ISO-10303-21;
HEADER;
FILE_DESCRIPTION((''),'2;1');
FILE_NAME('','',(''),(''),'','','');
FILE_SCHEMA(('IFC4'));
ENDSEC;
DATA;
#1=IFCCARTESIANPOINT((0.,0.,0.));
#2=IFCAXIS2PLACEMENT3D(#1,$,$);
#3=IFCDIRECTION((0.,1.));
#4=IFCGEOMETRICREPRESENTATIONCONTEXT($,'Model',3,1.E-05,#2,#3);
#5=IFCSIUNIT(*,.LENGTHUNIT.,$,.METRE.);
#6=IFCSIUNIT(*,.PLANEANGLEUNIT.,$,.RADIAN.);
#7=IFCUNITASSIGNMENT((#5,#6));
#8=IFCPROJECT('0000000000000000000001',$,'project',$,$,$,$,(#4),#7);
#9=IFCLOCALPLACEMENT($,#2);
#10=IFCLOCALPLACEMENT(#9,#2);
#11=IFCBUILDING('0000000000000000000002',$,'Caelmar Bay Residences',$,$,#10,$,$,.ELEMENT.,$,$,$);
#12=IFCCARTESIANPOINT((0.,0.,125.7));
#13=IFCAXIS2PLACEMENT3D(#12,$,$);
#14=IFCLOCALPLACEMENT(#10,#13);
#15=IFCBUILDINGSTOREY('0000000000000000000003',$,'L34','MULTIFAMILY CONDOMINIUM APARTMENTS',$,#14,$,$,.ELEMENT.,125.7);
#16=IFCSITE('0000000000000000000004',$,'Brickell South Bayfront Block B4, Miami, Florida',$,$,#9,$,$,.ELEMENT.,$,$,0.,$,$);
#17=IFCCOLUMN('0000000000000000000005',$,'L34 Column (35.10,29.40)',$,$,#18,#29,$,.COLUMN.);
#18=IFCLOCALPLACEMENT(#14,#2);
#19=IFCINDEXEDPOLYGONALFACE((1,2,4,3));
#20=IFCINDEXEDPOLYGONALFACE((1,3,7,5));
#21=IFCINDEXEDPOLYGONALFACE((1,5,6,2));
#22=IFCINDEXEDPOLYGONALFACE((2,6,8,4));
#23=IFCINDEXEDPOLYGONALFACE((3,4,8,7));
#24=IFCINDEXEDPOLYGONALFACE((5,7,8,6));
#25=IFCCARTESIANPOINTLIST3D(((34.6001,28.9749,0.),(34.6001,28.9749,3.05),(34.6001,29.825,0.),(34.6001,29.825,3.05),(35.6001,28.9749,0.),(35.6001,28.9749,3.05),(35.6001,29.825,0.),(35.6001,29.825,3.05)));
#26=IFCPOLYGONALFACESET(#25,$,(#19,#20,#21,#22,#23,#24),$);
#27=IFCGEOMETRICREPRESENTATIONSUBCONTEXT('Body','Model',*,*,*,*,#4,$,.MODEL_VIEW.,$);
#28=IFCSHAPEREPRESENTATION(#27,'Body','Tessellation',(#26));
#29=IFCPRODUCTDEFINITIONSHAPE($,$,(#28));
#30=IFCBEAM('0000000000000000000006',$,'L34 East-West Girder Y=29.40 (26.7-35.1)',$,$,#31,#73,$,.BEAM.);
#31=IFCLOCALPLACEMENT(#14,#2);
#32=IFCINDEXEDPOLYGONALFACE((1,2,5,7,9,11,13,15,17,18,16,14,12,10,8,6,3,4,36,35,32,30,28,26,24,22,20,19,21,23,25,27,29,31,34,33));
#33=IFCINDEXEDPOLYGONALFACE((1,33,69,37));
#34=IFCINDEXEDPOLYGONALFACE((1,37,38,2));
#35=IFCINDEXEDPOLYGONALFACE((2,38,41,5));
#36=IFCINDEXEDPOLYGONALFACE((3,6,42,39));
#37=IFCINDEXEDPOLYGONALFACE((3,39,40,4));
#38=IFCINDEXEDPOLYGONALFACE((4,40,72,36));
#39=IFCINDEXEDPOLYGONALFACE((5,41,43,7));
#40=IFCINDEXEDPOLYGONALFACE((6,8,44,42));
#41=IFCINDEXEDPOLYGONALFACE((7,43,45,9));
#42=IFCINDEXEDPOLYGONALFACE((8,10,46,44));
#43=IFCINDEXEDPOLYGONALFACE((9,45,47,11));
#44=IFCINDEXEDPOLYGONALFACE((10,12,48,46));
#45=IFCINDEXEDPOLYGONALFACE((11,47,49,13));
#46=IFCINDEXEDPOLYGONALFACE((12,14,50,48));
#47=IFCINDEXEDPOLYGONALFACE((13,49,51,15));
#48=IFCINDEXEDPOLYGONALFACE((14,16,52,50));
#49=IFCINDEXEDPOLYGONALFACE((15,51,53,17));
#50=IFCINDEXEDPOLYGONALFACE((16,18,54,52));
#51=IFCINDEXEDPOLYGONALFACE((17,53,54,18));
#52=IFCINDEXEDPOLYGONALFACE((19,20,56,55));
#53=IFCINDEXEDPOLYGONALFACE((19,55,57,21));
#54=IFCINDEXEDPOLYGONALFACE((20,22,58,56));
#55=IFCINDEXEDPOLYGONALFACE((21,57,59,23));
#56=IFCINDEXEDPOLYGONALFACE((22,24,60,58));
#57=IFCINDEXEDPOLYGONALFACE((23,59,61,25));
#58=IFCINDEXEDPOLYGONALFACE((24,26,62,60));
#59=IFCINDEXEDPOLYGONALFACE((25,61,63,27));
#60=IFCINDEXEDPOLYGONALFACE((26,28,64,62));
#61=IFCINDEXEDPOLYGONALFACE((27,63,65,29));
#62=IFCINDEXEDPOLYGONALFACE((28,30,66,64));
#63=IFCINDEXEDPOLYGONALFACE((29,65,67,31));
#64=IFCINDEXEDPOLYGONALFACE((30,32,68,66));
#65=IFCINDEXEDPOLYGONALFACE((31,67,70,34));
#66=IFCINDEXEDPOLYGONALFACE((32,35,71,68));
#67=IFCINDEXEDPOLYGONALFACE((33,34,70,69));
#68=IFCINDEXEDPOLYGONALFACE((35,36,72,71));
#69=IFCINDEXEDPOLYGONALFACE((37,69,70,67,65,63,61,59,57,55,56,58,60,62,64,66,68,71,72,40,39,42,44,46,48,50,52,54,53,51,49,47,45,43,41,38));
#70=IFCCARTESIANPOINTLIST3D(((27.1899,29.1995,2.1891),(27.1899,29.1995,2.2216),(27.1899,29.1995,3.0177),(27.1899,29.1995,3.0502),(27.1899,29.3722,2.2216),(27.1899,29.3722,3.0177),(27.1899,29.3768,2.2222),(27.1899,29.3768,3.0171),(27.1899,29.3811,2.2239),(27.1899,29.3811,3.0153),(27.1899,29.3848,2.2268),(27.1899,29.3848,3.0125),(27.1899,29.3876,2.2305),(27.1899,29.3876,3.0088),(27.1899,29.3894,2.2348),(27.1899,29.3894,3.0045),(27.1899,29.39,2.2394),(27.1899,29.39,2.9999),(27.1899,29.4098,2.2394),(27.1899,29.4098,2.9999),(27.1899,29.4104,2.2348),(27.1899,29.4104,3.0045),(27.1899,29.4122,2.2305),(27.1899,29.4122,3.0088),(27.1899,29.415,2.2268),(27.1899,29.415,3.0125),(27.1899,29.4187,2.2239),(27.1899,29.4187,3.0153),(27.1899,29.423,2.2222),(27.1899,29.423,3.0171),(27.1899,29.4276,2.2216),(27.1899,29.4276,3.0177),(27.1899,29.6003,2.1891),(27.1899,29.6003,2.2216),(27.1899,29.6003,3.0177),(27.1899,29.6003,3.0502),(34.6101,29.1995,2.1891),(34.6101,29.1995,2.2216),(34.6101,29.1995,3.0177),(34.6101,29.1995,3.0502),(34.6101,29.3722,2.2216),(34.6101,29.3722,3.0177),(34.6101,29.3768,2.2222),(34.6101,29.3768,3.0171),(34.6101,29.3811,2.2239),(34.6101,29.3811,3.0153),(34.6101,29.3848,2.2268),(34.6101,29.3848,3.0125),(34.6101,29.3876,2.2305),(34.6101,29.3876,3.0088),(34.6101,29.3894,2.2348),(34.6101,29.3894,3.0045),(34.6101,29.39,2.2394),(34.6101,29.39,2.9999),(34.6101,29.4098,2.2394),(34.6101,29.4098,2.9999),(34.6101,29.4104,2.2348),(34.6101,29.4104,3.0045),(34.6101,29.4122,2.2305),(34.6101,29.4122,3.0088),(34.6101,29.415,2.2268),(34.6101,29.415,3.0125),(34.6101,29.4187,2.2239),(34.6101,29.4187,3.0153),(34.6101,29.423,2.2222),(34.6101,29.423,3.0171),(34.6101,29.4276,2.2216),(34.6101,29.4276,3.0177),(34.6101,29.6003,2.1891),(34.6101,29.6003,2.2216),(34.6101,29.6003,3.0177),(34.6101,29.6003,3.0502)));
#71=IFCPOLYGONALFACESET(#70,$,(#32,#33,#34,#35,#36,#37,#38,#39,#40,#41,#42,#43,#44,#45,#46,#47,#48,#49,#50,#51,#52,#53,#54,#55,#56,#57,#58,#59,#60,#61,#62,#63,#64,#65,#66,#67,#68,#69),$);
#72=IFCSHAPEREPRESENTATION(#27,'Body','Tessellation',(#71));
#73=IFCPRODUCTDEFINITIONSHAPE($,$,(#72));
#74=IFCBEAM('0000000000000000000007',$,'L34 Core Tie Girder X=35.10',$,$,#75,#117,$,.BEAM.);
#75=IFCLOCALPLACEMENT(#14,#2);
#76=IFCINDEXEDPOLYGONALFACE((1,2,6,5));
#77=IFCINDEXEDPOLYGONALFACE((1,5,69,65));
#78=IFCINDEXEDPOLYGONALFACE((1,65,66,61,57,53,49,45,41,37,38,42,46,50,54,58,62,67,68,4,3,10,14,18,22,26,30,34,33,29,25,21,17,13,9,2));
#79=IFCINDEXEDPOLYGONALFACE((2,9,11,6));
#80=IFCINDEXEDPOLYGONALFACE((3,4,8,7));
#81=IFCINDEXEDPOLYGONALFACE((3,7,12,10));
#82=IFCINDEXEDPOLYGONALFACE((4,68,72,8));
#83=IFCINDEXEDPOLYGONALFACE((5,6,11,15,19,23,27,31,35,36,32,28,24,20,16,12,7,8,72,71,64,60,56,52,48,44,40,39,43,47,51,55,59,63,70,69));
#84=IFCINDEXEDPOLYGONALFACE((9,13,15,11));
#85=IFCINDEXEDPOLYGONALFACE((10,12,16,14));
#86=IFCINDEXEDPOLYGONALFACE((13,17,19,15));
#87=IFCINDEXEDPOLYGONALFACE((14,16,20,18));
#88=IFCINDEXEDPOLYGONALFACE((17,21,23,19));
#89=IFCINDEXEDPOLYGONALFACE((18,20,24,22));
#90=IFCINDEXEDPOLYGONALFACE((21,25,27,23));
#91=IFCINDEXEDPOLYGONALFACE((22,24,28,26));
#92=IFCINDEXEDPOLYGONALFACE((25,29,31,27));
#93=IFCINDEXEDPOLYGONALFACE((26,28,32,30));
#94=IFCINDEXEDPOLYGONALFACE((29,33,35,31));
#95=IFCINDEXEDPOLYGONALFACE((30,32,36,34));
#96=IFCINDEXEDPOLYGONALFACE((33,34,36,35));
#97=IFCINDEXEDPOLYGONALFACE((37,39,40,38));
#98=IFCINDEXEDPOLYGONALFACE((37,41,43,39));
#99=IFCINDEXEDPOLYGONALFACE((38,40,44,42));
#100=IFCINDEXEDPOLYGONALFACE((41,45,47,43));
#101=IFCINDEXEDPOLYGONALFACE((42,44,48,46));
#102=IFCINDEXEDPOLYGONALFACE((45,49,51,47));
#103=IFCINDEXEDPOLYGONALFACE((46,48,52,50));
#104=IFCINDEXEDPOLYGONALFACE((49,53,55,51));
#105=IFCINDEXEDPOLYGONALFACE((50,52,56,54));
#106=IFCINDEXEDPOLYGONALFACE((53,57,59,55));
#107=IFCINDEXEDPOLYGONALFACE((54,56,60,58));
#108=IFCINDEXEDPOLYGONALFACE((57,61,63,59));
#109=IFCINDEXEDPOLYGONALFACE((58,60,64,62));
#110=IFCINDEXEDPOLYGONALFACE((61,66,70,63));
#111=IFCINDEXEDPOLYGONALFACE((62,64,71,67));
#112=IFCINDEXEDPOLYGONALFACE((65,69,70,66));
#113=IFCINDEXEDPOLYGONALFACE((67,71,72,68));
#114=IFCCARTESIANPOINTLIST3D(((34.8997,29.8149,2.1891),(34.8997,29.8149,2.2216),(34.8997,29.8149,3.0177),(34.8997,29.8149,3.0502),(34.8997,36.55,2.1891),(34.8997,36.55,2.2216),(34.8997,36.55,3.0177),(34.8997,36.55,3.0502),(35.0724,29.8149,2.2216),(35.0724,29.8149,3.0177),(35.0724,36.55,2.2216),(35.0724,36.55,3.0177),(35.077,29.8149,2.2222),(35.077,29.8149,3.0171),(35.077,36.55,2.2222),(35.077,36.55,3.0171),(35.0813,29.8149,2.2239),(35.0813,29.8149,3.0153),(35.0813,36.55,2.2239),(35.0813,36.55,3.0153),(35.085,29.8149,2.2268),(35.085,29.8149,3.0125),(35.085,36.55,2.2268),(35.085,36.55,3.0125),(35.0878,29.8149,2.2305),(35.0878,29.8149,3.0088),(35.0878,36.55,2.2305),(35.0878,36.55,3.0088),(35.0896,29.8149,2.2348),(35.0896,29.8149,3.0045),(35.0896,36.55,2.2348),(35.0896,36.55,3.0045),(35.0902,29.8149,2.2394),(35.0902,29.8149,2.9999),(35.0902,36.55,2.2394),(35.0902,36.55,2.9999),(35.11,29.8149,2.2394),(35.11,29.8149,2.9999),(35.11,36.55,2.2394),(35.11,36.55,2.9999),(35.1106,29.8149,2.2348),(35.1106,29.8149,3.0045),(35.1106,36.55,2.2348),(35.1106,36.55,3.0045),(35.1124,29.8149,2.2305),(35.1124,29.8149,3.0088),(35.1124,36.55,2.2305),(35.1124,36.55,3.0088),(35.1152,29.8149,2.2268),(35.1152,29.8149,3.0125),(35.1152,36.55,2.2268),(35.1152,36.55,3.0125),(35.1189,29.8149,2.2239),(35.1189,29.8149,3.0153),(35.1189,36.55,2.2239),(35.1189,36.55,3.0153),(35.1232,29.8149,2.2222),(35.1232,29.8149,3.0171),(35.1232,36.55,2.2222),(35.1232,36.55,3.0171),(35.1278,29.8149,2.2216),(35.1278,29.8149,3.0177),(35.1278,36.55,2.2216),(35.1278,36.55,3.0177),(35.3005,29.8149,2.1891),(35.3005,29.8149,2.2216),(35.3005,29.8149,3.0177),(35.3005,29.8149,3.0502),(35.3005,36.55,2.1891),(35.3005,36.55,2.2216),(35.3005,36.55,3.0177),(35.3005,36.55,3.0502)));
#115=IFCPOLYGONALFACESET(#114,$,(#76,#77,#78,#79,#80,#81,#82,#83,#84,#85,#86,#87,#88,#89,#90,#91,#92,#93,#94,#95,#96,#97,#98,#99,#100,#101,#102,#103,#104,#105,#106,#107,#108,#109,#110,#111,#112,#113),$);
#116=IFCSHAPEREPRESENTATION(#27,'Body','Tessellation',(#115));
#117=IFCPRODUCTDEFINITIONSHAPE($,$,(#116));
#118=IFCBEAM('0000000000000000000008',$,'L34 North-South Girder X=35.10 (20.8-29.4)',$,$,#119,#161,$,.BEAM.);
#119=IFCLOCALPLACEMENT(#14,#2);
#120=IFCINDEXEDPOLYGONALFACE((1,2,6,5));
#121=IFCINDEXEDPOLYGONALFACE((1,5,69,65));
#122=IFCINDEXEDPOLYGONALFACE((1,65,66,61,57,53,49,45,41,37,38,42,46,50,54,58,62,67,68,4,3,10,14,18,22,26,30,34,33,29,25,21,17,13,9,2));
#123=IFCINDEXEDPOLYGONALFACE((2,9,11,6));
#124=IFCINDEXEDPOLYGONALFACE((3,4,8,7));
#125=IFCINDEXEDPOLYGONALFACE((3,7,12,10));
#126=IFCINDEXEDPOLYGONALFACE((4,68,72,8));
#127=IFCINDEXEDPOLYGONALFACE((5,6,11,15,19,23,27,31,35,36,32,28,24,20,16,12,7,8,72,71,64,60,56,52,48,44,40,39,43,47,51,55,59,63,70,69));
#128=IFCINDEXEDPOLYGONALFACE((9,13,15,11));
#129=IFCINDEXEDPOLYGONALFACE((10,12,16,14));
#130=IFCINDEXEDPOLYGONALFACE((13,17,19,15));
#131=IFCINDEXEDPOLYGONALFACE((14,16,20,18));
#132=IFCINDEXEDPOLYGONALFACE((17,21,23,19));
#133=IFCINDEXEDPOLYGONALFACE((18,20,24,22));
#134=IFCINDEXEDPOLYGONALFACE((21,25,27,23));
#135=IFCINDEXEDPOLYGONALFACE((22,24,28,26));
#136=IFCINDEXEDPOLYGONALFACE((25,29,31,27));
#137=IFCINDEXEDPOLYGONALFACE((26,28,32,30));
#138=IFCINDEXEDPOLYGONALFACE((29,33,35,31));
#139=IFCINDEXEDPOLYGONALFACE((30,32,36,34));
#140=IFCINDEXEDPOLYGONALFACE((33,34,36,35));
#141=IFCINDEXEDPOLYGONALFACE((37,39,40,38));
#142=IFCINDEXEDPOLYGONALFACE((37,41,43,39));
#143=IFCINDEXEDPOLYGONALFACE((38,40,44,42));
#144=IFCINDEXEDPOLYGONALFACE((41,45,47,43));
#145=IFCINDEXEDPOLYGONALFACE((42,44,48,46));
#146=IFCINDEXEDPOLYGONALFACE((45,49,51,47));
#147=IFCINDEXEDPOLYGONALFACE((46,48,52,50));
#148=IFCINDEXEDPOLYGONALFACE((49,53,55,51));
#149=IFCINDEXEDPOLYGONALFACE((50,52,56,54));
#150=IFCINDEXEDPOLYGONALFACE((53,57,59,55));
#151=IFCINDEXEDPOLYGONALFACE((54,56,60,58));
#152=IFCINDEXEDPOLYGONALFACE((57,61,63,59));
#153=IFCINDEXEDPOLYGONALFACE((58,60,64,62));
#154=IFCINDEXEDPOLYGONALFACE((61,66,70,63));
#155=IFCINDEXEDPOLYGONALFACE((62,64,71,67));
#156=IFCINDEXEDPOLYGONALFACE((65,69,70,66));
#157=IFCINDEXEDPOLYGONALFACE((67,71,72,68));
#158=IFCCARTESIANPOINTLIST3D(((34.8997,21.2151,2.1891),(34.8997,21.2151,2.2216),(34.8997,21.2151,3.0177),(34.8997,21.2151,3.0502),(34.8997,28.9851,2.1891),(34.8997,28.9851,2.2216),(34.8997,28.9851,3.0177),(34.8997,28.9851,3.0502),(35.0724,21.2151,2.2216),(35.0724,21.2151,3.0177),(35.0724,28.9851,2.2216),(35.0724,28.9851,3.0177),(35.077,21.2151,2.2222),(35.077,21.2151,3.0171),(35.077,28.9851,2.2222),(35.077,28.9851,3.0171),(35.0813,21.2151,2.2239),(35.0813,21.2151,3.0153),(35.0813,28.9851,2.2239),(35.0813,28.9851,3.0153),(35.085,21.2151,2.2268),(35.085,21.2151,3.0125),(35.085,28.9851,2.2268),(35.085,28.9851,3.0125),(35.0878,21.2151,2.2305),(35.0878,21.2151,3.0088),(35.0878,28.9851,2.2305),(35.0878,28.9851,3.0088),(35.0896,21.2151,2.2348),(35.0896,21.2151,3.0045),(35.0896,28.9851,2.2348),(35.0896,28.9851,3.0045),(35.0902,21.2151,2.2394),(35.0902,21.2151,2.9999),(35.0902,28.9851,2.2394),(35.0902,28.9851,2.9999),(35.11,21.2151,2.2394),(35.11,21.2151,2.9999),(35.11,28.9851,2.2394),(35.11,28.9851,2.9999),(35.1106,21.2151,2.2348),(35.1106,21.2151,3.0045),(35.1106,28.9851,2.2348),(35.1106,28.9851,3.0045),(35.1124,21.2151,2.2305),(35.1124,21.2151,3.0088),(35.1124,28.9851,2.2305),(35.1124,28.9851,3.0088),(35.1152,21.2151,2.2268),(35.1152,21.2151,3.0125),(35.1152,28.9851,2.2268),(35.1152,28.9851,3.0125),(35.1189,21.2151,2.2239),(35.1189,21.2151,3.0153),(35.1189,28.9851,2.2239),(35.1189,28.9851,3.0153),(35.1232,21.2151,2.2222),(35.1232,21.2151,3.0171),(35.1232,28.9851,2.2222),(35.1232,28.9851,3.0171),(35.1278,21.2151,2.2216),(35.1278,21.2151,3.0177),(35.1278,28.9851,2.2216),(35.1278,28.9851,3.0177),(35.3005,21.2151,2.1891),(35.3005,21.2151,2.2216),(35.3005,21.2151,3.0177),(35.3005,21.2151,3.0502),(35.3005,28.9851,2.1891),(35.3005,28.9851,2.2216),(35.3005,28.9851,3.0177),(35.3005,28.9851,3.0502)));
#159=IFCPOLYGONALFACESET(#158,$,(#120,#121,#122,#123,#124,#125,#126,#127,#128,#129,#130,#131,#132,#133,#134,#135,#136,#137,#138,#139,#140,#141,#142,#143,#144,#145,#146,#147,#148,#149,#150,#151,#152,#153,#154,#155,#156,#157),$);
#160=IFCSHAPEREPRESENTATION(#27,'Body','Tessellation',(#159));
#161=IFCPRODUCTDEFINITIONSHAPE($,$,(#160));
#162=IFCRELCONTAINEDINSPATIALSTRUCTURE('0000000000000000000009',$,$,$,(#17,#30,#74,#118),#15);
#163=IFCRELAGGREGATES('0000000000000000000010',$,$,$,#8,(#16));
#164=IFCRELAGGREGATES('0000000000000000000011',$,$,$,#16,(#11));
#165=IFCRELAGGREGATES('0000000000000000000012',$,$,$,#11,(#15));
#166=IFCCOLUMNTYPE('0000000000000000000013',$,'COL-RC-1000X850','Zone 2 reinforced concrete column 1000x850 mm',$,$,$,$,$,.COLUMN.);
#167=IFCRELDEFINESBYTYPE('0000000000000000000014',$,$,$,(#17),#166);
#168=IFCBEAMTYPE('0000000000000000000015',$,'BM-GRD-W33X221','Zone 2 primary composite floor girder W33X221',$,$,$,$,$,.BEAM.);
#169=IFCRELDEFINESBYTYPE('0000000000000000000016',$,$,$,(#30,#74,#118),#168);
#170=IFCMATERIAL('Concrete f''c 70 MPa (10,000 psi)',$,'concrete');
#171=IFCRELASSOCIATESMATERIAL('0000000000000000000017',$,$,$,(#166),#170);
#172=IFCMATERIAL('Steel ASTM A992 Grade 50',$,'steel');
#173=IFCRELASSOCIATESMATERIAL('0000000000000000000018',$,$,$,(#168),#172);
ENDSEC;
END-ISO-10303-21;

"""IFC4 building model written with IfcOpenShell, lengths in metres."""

from ifc_helpers import new_model, si_unit, direction, frame, origin, origin_2d, place, context, subcontext, project, spatial, rectangle, i_section, extrude, material, material_profile, profile_set, type_object, element, save


model = new_model("IFC4")

# Units and contexts
model_context = context("Model", 3, precision=1e-05, world=origin(), true_north=direction((0.0, 1.0)))
body_context = subcontext(model_context, "Body", "Model", "MODEL_VIEW")
ifc_project = project(units=[si_unit("LENGTHUNIT", "METRE"), si_unit("PLANEANGLEUNIT", "RADIAN")], contexts=[model_context])

# Site, building, storey
site_placement = place(None, origin())
site = spatial("IfcSite", under=ifc_project, at=site_placement, Name="Brickell South Bayfront Block B4, Miami, Florida", CompositionType="ELEMENT", RefElevation=0.0)
building_placement = place(site_placement, origin())
building = spatial("IfcBuilding", under=site, at=building_placement, Name="Caelmar Bay Residences", CompositionType="ELEMENT")
storey_placement = place(building_placement, frame((0.0, 0.0, 125.7)))
storey = spatial("IfcBuildingStorey", under=building, at=storey_placement, Name="L34", Description="MULTIFAMILY CONDOMINIUM APARTMENTS", CompositionType="ELEMENT", Elevation=125.7)

# Column
ifc_material_1 = material(Name="Concrete f'c 70 MPa (10,000 psi)", Category="concrete")
ifc_material_profile_1 = material_profile(ifc_material_1, rectangle(XDim=1.0, YDim=0.8501, at=origin_2d()), Name="RC-COL-1000X850")
ifc_profile_set_1 = profile_set([ifc_material_profile_1], Name="Concrete f'c 70 MPa (10,000 psi)")
column_type = type_object("IfcColumnType", Name="COL-RC-1000X850", Description="Zone 2 reinforced concrete column 1000x850 mm", PredefinedType="COLUMN", material=ifc_profile_set_1)
column_placement = place(storey_placement, frame((35.1001, 29.3999, 0.0), z_axis=(0.0, 0.0, 1.0), x_axis=(1.0, 0.0, 0.0)))
element("IfcColumn", 1, at=column_placement, inside=storey, type_object=column_type, Name="L34 Column (35.10,29.40)", PredefinedType="COLUMN", context=body_context, shape_type="SweptSolid", body=[
    extrude(rectangle(XDim=1.0, YDim=0.8501, at=origin_2d()), origin(), (0.0, 0.0, 1.0), 3.05),
])

# Beams
ifc_material_2 = material(Name="Steel ASTM A992 Grade 50", Category="steel")
ifc_material_profile_2 = material_profile(ifc_material_2, i_section(OverallWidth=0.4009, OverallDepth=0.8611, WebThickness=0.0198, FlangeThickness=0.0325, FilletRadius=0.0178, at=origin_2d()), Name="W33X221")
ifc_profile_set_2 = profile_set([ifc_material_profile_2], Name="Steel ASTM A992 Grade 50")
beam_type_1 = type_object("IfcBeamType", Name="BM-GRD-W33X221", Description="Zone 2 primary composite floor girder W33X221", PredefinedType="BEAM", material=ifc_profile_set_2)
beam_1_placement = place(storey_placement, frame((27.1899, 29.3999, 2.6196), z_axis=(1.0, 0.0, 0.0), x_axis=(0.0, 1.0, 0.0)))
element("IfcBeam", 2, at=beam_1_placement, inside=storey, type_object=beam_type_1, Name="L34 East-West Girder Y=29.40 (26.7-35.1)", PredefinedType="BEAM", context=body_context, shape_type="SweptSolid", body=[
    extrude(i_section(OverallWidth=0.4009, OverallDepth=0.8611, WebThickness=0.0198, FlangeThickness=0.0325, FilletRadius=0.0178, at=origin_2d()), origin(), (0.0, 0.0, 1.0), 7.4202),
])
beam_2_placement = place(storey_placement, frame((35.1001, 29.8149, 2.6196), z_axis=(0.0, 1.0, 0.0), x_axis=(-1.0, 0.0, 0.0)))
element("IfcBeam", 3, at=beam_2_placement, inside=storey, type_object=beam_type_1, Name="L34 Core Tie Girder X=35.10", PredefinedType="BEAM", context=body_context, shape_type="SweptSolid", body=[
    extrude(i_section(OverallWidth=0.4009, OverallDepth=0.8611, WebThickness=0.0198, FlangeThickness=0.0325, FilletRadius=0.0178, at=origin_2d()), origin(), (0.0, 0.0, 1.0), 6.7351),
])
beam_3_placement = place(storey_placement, frame((35.1001, 21.2151, 2.6196), z_axis=(0.0, 1.0, 0.0), x_axis=(-1.0, 0.0, 0.0)))
element("IfcBeam", 4, at=beam_3_placement, inside=storey, type_object=beam_type_1, Name="L34 North-South Girder X=35.10 (20.8-29.4)", PredefinedType="BEAM", context=body_context, shape_type="SweptSolid", body=[
    extrude(i_section(OverallWidth=0.4009, OverallDepth=0.8611, WebThickness=0.0198, FlangeThickness=0.0325, FilletRadius=0.0178, at=origin_2d()), origin(), (0.0, 0.0, 1.0), 7.77),
])

save(model, "model.ifc")
